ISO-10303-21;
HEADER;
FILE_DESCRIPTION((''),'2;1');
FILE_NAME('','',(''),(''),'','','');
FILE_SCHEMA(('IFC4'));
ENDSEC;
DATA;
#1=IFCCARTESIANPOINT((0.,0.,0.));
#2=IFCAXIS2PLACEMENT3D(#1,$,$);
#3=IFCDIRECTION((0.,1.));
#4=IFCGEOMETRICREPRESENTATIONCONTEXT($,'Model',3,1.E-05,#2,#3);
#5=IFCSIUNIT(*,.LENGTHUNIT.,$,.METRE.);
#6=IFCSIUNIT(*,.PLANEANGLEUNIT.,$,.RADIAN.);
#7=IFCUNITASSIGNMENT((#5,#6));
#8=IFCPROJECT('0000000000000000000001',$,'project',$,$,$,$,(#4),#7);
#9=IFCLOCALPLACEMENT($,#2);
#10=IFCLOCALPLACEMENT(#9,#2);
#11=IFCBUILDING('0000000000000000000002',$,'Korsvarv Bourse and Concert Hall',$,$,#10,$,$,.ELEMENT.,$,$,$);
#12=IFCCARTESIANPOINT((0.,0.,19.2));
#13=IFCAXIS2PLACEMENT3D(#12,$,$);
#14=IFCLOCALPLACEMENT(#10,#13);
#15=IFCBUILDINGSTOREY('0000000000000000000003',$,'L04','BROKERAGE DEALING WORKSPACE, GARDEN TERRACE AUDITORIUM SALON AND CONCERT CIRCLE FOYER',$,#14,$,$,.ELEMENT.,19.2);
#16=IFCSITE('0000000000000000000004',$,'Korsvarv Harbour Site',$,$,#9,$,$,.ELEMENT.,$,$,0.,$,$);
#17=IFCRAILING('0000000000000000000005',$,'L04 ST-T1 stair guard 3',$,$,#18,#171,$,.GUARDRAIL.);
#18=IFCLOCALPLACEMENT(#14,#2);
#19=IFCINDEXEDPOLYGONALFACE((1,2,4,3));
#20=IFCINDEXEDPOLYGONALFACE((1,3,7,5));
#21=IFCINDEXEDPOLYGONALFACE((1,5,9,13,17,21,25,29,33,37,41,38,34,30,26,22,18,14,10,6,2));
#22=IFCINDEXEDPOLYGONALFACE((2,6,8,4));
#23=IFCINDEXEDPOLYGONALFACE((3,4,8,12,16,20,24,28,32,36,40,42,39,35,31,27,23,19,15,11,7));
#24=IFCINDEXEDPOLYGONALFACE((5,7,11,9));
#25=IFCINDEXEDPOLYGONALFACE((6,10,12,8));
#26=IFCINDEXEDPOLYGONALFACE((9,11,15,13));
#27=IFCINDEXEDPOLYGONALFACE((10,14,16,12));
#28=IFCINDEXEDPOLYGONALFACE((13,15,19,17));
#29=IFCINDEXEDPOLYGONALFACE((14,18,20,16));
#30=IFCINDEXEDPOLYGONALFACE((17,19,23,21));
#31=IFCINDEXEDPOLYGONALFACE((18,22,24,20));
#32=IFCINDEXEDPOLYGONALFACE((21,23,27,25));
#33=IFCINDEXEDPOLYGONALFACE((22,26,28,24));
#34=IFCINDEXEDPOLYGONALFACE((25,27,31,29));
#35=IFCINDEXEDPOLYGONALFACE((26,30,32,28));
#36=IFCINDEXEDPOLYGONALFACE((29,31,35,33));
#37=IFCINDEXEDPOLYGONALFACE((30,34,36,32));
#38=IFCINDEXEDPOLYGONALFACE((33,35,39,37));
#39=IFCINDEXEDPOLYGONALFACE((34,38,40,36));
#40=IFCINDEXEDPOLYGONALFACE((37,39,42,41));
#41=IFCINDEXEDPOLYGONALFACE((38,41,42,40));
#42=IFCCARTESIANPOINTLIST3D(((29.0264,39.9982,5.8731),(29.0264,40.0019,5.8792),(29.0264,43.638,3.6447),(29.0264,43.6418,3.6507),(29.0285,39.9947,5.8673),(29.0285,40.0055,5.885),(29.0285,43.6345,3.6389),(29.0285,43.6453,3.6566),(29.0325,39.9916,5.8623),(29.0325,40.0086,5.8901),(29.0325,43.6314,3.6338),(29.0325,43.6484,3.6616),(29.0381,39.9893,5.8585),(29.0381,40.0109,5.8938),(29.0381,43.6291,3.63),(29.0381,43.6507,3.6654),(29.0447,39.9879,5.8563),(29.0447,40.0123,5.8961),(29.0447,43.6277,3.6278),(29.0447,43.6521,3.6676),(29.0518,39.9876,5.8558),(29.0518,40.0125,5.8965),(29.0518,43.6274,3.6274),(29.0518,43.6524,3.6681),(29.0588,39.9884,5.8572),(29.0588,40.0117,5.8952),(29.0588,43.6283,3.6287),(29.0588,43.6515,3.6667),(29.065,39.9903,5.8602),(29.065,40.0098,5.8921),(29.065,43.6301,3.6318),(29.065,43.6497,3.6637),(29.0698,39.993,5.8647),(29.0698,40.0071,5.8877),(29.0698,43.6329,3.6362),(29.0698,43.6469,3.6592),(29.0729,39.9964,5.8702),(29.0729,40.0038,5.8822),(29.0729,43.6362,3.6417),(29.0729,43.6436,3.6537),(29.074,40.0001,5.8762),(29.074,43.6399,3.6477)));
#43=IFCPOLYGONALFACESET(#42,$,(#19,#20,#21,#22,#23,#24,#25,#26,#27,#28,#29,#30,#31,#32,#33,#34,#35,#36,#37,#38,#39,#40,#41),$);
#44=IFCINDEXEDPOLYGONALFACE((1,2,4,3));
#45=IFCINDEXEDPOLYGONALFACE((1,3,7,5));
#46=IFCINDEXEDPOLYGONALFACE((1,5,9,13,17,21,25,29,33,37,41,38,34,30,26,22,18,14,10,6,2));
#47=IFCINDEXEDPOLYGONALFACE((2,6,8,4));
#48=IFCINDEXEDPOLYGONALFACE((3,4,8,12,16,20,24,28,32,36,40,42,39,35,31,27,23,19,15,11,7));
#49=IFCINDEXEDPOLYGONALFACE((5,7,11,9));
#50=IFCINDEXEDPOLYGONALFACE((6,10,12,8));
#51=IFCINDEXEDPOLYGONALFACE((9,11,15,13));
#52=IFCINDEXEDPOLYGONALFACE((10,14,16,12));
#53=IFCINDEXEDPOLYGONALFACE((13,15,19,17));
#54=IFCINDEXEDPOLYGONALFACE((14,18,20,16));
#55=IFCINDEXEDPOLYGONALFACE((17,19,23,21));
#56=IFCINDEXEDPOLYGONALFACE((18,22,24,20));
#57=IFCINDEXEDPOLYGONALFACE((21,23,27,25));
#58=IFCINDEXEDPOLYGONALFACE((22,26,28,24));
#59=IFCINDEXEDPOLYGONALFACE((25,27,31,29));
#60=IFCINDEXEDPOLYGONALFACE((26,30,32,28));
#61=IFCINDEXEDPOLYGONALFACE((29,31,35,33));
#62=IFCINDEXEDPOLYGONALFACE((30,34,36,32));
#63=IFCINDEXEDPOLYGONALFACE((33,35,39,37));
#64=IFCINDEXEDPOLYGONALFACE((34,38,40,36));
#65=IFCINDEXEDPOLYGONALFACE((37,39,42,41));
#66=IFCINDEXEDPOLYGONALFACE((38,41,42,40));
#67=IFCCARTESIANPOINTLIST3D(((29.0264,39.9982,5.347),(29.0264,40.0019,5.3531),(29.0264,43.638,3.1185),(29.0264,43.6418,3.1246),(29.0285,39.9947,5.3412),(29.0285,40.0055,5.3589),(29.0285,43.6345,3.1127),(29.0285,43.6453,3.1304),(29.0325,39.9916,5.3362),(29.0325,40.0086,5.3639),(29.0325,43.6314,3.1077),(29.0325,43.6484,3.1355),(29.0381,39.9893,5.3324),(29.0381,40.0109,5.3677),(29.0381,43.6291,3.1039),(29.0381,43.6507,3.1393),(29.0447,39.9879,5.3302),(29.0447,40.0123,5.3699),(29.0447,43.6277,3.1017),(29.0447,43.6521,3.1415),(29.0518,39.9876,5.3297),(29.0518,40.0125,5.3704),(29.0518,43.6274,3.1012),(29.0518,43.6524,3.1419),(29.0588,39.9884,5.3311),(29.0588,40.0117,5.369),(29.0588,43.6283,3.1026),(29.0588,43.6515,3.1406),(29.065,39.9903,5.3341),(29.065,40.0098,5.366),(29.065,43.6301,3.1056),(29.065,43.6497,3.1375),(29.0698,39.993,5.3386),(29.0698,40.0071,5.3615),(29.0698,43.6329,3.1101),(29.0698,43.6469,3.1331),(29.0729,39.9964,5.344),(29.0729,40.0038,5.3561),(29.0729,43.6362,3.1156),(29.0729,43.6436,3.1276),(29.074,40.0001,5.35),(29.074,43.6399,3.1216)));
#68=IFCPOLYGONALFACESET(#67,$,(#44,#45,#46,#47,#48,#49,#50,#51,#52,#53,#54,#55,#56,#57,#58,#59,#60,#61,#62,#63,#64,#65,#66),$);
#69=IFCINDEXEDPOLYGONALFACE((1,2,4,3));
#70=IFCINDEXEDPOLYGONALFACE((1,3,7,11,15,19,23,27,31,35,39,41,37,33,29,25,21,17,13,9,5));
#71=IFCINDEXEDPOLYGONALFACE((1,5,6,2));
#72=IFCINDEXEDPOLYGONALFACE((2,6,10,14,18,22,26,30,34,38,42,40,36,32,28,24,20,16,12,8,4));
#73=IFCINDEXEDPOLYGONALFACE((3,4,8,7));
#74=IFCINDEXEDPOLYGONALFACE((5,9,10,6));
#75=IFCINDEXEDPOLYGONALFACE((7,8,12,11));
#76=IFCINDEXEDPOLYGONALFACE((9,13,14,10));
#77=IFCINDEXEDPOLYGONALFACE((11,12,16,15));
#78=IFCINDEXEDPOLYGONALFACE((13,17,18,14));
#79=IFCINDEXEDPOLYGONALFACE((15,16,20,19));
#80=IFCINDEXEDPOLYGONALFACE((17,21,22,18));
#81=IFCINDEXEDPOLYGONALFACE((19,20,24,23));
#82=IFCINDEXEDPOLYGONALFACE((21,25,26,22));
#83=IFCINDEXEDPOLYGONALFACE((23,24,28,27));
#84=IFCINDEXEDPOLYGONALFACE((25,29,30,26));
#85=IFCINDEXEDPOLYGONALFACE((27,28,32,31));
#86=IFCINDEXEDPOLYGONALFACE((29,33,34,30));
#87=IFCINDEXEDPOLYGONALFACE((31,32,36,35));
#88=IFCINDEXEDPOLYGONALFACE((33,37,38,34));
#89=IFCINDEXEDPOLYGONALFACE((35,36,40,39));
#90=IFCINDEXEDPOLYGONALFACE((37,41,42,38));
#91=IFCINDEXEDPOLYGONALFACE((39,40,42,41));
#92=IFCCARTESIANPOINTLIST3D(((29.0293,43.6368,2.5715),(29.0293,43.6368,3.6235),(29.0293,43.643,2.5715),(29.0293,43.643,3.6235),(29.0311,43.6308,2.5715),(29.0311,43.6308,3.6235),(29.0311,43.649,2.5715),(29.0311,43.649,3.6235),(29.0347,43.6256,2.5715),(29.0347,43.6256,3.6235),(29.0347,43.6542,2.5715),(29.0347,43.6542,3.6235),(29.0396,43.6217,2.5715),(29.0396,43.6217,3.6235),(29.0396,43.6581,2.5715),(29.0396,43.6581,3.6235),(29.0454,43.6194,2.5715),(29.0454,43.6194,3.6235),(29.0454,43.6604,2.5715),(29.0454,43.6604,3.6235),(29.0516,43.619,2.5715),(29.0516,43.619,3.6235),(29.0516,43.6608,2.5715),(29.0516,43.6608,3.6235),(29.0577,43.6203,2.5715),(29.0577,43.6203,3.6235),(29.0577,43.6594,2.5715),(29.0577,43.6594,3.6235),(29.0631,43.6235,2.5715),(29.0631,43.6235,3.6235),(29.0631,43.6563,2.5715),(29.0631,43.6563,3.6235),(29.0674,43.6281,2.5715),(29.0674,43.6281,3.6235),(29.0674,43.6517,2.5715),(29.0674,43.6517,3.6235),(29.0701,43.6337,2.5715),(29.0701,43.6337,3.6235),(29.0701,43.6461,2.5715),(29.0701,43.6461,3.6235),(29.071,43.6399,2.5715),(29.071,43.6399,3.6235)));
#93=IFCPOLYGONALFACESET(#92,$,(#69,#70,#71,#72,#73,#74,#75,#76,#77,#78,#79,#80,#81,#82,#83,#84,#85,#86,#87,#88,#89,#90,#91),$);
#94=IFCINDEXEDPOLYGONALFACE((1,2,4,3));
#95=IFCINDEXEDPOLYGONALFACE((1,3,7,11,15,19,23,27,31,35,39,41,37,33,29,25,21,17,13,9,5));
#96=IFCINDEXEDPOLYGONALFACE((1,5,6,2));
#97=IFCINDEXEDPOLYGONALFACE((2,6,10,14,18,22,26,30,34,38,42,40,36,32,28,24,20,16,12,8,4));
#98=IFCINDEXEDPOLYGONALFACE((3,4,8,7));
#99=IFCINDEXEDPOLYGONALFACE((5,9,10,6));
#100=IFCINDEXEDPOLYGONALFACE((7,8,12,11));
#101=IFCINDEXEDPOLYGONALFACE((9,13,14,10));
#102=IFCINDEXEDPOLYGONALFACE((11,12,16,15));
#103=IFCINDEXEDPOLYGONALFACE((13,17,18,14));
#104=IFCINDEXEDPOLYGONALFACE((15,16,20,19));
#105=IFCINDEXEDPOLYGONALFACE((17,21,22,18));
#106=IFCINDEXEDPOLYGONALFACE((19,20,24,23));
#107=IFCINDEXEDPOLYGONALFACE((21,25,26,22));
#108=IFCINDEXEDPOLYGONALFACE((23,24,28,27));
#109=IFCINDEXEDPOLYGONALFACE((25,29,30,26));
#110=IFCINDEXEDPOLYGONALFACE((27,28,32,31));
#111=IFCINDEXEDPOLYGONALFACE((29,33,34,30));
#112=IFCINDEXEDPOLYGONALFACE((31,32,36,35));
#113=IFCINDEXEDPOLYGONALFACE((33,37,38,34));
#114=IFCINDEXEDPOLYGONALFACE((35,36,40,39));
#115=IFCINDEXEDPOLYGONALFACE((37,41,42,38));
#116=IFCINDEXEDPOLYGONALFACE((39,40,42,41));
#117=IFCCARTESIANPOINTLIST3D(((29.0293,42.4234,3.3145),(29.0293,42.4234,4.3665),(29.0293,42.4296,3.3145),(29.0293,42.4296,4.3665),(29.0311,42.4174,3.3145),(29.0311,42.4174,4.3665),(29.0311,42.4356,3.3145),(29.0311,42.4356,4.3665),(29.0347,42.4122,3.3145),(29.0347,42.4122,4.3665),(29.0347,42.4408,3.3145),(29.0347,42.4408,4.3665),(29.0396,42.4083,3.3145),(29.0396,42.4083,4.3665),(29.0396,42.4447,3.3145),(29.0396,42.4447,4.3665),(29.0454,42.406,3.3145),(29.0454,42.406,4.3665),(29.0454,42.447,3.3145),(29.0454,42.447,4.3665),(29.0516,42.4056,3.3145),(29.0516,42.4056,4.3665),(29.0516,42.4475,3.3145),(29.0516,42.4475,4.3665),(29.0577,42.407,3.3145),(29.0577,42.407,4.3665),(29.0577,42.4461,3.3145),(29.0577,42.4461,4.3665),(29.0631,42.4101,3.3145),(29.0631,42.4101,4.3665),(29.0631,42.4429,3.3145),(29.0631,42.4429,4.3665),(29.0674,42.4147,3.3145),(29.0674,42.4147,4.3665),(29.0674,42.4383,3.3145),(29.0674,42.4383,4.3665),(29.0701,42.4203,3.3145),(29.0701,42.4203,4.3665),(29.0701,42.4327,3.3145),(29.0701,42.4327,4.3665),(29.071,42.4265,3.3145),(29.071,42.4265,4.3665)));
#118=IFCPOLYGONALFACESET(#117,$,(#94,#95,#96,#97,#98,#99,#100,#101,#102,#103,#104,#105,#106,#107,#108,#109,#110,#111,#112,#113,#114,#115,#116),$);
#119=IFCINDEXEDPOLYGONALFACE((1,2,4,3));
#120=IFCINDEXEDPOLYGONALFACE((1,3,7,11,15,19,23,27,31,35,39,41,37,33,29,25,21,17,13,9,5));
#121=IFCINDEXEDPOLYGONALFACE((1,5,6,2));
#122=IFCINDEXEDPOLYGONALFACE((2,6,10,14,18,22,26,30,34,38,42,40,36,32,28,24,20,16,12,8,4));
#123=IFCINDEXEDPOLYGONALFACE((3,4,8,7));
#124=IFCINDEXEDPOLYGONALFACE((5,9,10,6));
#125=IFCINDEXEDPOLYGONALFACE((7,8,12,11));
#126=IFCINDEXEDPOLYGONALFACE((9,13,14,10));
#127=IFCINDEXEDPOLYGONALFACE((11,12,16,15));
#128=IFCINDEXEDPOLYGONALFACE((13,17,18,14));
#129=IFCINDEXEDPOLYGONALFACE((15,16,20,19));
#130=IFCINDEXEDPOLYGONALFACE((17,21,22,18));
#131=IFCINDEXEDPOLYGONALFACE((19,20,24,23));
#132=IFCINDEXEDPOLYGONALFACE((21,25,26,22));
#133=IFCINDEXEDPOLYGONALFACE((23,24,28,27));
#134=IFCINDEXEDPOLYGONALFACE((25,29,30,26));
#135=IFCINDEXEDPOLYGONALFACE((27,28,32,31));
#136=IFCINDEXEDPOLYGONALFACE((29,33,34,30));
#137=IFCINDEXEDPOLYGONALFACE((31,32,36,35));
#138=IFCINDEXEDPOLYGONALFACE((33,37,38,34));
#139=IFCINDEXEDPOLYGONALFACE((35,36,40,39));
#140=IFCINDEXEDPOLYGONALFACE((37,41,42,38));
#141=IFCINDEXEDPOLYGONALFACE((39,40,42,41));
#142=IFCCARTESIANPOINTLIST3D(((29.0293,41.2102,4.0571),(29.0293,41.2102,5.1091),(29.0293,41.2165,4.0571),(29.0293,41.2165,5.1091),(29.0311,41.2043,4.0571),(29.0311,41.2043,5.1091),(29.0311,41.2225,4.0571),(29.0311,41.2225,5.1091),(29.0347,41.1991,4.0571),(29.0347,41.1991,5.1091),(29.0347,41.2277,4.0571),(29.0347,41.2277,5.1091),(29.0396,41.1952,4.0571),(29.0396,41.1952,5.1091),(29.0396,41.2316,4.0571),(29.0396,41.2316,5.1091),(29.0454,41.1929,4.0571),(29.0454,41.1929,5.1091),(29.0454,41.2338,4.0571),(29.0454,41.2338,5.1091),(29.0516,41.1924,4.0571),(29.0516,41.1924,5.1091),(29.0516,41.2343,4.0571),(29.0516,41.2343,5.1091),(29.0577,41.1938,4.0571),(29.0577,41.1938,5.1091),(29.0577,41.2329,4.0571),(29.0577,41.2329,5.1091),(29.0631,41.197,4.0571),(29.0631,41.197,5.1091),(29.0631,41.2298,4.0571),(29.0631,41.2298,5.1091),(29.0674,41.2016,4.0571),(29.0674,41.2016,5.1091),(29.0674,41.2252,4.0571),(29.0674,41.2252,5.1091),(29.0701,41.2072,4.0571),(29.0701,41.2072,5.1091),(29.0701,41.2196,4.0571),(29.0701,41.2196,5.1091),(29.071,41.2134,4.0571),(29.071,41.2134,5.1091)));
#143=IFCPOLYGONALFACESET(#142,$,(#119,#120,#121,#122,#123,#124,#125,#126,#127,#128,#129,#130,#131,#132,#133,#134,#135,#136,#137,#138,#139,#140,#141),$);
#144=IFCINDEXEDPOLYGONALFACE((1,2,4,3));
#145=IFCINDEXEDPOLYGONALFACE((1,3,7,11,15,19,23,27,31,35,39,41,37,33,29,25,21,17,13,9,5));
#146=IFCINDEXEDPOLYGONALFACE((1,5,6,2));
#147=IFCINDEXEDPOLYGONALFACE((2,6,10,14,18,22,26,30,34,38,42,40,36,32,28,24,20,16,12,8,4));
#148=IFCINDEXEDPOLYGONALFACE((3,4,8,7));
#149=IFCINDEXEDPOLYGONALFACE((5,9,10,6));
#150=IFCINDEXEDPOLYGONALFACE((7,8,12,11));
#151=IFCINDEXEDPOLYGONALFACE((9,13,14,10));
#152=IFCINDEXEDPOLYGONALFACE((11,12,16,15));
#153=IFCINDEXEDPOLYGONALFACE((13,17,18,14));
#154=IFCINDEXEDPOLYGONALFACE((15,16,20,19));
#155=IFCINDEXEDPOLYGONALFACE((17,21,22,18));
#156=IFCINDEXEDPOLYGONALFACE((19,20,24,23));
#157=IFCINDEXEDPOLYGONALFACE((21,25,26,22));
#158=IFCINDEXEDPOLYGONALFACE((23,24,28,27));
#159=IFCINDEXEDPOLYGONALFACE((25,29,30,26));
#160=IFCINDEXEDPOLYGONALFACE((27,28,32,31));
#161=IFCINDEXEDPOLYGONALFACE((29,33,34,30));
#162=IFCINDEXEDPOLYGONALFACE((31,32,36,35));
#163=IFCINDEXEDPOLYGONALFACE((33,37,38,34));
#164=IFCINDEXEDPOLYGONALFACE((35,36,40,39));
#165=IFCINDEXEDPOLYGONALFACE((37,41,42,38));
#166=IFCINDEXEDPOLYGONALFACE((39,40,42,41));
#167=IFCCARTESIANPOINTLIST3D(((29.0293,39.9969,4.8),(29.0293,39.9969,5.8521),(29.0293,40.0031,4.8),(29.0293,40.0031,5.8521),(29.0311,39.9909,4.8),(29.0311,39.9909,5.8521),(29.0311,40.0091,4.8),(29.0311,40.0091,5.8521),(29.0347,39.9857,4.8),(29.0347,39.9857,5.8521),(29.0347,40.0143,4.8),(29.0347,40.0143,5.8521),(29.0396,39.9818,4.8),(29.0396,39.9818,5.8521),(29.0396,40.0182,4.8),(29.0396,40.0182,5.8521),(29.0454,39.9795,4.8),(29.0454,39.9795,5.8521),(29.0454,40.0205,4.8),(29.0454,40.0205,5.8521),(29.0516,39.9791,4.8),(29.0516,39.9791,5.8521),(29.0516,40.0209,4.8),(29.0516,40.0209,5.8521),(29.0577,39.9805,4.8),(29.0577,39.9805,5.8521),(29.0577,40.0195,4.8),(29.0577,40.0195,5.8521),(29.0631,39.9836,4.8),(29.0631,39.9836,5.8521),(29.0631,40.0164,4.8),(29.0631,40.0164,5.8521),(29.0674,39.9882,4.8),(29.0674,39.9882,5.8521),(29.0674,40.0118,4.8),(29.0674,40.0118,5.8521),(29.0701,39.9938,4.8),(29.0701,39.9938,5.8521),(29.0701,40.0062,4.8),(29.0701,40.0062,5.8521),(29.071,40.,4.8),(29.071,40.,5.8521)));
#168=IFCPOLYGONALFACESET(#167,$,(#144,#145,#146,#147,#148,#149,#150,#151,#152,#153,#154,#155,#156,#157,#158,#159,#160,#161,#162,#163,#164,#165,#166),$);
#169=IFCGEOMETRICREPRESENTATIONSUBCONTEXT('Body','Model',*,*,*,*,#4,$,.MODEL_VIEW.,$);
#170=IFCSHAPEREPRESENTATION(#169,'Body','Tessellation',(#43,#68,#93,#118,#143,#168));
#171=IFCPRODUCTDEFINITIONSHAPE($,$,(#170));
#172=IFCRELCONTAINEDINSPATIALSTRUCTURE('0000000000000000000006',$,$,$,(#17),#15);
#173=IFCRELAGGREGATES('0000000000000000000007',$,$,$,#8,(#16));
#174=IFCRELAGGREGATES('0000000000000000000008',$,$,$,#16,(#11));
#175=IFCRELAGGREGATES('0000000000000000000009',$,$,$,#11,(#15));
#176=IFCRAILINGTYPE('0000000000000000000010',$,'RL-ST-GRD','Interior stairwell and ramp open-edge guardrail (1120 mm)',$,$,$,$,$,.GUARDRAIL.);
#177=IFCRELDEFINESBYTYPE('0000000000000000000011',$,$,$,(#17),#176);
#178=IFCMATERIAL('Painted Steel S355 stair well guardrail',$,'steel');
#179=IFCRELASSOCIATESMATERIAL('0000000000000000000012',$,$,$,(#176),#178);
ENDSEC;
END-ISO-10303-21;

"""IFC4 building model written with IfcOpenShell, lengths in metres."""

from ifc_helpers import new_model, si_unit, direction, frame, origin, origin_2d, place, context, subcontext, project, spatial, circle, extrude, material, type_object, element, save


model = new_model("IFC4")

# Units and contexts
model_context = context("Model", 3, precision=1e-05, world=origin(), true_north=direction((0.0, 1.0)))
body_context = subcontext(model_context, "Body", "Model", "MODEL_VIEW")
ifc_project = project(units=[si_unit("LENGTHUNIT", "METRE"), si_unit("PLANEANGLEUNIT", "RADIAN")], contexts=[model_context])

# Site, building, storey
site_placement = place(None, origin())
site = spatial("IfcSite", under=ifc_project, at=site_placement, Name="Korsvarv Harbour Site", CompositionType="ELEMENT", RefElevation=0.0)
building_placement = place(site_placement, origin())
building = spatial("IfcBuilding", under=site, at=building_placement, Name="Korsvarv Bourse and Concert Hall", CompositionType="ELEMENT")
storey_placement = place(building_placement, frame((0.0, 0.0, 19.2)))
storey = spatial("IfcBuildingStorey", under=building, at=storey_placement, Name="L04", Description="BROKERAGE DEALING WORKSPACE, GARDEN TERRACE AUDITORIUM SALON AND CONCERT CIRCLE FOYER", CompositionType="ELEMENT", Elevation=19.2)

# Railing
ifc_material_1 = material(Name="Painted Steel S355 stair well guardrail", Category="steel")
railing_type_1 = type_object("IfcRailingType", Name="RL-ST-GRD", Description="Interior stairwell and ramp open-edge guardrail (1120 mm)", PredefinedType="GUARDRAIL", material=ifc_material_1)
railing_1_placement = place(storey_placement, frame((29.05, 43.6399, 2.5715)))
element("IfcRailing", 1, at=railing_1_placement, inside=storey, type_object=railing_type_1, Name="L04 ST-T1 stair guard 3", PredefinedType="GUARDRAIL", context=body_context, shape_type="SweptSolid", body=[
    extrude(circle(Radius=0.0239, at=origin_2d()), frame((0.0, 0.0, 1.0762), z_axis=(0.0, -0.85285, 0.522156), x_axis=(1.0, 0.0, 0.0)), (0.0, 0.0, 1.0), 4.2678),
    extrude(circle(Radius=0.0239, at=origin_2d()), frame((0.0, 0.0, 0.55), z_axis=(0.0, -0.85285, 0.522156), x_axis=(1.0, 0.0, 0.0)), (0.0, 0.0, 1.0), 4.2678),
    extrude(circle(Radius=0.021, at=origin_2d()), origin(), (0.0, 0.0, 1.0), 1.052),
    extrude(circle(Radius=0.021, at=origin_2d()), frame((0.0, -1.2134, 0.7429)), (0.0, 0.0, 1.0), 1.052),
    extrude(circle(Radius=0.021, at=origin_2d()), frame((0.0, -2.4265, 1.4856)), (0.0, 0.0, 1.0), 1.052),
    extrude(circle(Radius=0.021, at=origin_2d()), frame((0.0, -3.6399, 2.2285)), (0.0, 0.0, 1.0), 1.052),
])

save(model, "model.ifc")
